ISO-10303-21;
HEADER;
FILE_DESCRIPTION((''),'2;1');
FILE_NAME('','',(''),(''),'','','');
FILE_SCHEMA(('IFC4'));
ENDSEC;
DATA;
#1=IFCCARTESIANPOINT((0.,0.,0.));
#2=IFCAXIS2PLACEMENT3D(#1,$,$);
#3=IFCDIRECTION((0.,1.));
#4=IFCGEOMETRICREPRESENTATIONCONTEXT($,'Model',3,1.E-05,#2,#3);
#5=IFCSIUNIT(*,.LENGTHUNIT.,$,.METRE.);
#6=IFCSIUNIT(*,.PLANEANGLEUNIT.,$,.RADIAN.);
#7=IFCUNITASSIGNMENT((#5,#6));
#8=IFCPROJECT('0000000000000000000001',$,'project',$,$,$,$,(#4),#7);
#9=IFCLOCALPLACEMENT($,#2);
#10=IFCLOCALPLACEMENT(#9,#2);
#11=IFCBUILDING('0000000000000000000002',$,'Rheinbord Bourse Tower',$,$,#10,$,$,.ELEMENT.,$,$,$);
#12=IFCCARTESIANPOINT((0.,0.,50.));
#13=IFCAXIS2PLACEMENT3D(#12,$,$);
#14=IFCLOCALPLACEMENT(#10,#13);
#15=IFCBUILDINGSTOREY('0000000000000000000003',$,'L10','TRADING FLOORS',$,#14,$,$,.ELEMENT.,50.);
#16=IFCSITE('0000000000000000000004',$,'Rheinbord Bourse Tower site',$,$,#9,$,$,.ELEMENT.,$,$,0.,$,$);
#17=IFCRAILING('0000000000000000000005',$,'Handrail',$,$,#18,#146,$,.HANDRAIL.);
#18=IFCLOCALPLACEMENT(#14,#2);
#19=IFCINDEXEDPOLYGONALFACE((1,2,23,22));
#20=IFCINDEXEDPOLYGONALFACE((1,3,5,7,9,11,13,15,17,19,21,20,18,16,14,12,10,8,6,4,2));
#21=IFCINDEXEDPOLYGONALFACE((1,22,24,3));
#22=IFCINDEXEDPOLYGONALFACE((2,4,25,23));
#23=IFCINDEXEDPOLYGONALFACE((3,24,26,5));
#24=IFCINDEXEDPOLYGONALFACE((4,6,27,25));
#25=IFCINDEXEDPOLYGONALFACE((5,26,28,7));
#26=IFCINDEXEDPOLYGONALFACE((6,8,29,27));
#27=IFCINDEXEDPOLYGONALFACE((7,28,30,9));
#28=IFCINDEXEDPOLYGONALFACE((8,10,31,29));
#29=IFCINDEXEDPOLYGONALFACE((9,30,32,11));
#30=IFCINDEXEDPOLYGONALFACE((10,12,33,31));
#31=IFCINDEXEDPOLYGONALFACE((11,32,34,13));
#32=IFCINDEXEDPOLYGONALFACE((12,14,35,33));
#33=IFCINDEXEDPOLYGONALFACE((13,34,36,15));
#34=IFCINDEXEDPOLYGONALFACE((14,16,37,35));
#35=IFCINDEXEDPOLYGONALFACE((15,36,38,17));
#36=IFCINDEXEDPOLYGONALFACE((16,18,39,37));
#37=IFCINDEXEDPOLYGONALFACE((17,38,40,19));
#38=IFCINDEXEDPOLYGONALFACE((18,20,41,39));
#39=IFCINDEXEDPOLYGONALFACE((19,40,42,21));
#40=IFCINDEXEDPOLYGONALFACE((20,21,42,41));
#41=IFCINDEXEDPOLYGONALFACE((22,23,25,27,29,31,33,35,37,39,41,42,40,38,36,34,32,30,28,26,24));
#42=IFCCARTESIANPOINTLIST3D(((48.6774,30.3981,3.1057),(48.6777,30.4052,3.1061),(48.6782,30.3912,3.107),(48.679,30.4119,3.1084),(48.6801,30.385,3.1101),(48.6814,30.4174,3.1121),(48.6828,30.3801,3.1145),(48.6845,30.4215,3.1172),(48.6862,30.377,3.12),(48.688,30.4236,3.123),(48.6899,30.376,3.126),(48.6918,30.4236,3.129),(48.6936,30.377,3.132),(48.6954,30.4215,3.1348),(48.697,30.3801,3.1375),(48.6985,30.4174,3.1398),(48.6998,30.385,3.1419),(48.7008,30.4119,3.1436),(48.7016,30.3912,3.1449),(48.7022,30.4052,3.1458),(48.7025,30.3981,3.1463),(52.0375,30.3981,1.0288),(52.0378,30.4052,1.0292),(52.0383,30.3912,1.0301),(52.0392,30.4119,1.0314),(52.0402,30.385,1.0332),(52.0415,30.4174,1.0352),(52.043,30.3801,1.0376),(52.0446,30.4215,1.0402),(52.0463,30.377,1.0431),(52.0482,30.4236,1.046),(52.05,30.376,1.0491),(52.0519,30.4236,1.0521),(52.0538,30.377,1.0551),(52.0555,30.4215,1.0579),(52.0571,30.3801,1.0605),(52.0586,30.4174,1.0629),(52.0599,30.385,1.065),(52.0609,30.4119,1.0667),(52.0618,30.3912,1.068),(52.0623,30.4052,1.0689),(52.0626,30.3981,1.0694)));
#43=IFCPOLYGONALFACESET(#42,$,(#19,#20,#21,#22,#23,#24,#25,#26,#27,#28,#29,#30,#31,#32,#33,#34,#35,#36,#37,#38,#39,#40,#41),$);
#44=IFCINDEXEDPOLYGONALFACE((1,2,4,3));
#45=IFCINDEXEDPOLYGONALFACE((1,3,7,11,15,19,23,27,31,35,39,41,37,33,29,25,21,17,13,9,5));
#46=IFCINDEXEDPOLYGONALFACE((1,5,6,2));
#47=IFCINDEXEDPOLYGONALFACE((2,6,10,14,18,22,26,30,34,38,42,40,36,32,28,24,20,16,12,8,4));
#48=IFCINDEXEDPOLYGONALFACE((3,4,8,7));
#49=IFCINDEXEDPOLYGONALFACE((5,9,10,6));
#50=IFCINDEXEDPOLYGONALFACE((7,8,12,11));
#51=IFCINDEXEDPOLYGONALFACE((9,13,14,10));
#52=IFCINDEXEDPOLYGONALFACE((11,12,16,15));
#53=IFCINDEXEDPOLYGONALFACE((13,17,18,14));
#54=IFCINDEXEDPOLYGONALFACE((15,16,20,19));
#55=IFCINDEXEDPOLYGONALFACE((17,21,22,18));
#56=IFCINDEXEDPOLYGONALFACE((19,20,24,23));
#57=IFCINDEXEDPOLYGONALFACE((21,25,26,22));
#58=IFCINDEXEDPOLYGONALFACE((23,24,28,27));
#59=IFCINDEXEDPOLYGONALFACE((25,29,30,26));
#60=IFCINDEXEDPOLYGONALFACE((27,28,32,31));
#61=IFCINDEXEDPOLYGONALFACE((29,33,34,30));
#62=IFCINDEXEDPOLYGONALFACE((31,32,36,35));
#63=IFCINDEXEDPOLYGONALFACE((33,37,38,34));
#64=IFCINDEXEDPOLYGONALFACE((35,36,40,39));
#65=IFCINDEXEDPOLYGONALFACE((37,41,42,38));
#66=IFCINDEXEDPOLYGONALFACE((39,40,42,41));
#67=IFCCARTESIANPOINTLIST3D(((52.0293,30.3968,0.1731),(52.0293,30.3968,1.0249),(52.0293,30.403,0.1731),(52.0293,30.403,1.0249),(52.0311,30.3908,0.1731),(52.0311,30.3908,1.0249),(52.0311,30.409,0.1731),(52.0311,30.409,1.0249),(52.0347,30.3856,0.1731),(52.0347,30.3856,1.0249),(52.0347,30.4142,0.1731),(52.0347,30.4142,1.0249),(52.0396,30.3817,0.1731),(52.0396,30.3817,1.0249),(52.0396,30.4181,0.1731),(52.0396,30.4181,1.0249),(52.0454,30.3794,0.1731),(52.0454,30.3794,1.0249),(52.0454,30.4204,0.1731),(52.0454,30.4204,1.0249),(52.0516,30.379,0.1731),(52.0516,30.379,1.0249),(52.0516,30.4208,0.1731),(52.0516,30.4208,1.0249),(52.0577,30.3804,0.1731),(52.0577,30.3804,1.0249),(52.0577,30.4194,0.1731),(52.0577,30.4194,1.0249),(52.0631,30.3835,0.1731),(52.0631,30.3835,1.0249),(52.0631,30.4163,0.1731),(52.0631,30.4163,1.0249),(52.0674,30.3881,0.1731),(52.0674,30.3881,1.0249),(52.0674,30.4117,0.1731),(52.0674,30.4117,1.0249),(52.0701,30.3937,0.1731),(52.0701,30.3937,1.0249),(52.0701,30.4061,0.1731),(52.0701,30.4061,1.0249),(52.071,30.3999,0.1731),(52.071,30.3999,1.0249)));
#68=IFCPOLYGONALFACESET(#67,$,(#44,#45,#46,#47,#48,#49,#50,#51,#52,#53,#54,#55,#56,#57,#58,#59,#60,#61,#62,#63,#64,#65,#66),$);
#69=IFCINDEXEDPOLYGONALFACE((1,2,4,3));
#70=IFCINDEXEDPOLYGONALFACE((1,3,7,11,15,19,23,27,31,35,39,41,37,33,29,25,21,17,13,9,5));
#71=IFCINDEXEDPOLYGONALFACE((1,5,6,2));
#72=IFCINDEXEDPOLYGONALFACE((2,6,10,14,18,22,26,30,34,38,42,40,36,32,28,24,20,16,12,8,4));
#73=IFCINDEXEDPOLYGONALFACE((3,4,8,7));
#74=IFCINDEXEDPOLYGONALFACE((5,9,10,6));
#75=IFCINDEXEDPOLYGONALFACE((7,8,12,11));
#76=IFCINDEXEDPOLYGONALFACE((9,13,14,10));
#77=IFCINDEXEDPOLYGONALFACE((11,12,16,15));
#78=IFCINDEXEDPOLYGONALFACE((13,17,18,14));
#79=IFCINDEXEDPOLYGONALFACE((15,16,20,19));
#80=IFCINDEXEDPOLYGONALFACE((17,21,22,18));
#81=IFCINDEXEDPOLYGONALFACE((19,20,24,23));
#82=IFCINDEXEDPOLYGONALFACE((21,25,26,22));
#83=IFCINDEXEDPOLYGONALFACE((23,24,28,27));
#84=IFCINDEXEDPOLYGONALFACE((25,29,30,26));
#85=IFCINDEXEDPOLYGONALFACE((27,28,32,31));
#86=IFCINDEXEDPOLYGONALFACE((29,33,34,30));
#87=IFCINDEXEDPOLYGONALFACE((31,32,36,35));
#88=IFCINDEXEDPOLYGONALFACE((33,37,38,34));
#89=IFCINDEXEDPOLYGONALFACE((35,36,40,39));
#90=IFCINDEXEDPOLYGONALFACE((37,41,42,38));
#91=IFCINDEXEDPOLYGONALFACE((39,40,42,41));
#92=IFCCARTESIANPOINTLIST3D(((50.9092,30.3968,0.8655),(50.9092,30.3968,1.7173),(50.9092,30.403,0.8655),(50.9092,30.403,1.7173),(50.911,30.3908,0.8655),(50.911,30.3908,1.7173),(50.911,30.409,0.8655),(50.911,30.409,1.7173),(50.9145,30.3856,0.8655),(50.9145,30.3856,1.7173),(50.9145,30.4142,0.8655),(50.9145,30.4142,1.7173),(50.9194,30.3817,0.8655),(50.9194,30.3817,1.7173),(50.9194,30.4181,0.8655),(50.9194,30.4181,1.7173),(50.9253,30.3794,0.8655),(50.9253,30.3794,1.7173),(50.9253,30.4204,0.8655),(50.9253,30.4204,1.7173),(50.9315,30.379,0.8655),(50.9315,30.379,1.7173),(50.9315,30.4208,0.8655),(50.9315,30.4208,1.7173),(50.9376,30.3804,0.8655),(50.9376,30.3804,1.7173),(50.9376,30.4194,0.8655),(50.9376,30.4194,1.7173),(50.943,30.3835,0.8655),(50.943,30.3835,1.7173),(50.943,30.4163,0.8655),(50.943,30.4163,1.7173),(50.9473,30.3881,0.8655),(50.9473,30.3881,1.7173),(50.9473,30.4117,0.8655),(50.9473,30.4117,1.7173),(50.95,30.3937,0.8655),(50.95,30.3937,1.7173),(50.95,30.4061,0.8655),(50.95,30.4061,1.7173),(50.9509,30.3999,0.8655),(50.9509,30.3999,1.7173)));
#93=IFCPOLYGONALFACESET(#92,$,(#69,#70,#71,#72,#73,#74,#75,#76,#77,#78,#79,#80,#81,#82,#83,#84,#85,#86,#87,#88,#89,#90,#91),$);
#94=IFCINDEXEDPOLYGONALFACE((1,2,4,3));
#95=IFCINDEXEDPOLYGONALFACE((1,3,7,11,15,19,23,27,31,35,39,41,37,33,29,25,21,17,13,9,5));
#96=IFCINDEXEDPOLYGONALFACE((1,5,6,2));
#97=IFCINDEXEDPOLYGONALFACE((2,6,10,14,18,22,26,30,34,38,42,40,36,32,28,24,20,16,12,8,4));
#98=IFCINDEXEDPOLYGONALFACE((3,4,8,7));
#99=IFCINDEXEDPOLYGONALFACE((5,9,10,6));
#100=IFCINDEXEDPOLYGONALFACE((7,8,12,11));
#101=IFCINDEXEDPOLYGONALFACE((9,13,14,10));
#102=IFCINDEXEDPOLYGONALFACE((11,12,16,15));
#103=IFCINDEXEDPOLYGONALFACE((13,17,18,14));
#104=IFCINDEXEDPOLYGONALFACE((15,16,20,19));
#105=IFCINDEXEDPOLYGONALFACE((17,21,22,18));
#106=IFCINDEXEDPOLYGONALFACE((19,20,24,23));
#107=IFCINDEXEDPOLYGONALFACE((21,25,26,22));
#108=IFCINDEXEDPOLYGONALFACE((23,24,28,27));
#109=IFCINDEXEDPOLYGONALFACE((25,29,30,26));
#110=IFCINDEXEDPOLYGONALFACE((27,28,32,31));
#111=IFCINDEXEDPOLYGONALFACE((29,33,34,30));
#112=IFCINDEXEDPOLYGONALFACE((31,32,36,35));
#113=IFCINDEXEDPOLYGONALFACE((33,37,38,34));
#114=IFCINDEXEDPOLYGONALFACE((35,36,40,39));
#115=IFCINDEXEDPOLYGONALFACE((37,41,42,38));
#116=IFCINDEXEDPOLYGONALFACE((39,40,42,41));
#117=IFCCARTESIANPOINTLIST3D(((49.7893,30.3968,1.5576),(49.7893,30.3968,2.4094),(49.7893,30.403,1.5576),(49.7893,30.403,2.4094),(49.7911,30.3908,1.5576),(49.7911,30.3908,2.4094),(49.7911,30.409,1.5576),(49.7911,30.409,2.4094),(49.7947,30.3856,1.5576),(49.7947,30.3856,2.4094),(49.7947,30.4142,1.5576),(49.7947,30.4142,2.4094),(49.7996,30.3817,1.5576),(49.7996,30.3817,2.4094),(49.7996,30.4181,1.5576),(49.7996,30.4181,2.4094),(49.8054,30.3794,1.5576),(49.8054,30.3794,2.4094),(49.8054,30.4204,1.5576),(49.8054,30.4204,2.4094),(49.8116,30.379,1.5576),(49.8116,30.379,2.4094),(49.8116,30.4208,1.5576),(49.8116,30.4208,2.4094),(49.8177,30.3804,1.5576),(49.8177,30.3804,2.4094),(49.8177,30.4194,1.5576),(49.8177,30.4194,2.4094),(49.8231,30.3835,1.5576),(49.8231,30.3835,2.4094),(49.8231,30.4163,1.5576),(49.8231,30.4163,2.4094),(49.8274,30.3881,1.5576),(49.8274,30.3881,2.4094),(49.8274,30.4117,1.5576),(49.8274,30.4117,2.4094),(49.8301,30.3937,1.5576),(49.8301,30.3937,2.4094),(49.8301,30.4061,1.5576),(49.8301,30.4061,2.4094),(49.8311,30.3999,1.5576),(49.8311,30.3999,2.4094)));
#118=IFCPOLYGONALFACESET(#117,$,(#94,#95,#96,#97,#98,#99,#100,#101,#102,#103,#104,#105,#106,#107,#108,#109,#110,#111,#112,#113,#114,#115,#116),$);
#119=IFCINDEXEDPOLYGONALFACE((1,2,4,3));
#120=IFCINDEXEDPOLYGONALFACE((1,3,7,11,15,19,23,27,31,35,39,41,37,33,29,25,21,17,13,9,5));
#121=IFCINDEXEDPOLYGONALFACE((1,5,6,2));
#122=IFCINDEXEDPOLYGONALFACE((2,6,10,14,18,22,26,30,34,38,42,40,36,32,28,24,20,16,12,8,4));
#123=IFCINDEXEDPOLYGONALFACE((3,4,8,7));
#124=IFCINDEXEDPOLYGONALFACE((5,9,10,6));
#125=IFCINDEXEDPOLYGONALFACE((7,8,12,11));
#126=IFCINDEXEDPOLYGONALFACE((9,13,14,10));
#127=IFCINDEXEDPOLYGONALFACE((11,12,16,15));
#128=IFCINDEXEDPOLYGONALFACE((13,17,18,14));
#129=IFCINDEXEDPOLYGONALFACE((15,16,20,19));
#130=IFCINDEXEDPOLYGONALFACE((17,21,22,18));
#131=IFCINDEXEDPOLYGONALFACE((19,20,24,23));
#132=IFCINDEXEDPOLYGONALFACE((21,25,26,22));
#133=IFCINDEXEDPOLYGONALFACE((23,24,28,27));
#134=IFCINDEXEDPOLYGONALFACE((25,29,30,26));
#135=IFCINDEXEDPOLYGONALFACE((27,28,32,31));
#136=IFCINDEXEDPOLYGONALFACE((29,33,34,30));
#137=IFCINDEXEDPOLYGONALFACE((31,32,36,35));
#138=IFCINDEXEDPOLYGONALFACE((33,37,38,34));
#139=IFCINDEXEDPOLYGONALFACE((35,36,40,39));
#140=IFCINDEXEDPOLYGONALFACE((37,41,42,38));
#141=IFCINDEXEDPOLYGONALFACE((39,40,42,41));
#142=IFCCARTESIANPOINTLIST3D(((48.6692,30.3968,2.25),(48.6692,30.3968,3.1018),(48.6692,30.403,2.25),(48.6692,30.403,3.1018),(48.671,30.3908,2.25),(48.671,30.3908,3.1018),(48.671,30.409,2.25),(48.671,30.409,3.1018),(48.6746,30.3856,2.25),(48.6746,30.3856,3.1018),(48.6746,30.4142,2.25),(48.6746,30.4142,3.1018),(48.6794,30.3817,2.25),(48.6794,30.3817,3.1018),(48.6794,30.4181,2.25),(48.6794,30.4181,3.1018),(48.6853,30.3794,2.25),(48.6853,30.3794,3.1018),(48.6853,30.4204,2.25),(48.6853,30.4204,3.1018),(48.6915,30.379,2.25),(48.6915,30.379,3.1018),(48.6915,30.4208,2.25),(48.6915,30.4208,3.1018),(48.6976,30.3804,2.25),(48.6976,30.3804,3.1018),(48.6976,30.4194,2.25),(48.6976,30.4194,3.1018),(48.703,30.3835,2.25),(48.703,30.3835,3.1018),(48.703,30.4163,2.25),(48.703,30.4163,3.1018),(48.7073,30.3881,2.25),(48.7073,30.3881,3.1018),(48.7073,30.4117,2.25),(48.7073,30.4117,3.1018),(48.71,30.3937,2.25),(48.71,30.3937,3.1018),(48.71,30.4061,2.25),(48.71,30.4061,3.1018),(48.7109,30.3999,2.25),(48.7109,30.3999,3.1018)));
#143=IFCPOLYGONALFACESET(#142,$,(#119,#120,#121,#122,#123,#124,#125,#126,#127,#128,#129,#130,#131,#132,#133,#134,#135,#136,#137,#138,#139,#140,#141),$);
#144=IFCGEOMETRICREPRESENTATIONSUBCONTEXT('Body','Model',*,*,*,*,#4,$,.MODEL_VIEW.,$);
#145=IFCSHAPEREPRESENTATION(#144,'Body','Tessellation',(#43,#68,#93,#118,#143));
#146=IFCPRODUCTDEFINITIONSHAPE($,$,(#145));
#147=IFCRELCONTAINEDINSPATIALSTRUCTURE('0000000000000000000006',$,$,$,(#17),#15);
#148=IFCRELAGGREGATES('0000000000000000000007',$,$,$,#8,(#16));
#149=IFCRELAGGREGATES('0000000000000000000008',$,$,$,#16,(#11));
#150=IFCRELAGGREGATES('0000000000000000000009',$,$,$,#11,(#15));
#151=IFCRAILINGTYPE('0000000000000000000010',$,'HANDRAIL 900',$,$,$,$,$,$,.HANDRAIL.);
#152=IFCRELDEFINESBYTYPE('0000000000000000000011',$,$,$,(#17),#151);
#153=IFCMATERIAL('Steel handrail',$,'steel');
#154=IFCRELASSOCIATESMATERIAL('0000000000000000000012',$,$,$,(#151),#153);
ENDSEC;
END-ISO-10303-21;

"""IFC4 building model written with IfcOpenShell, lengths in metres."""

from ifc_helpers import new_model, si_unit, direction, frame, origin, origin_2d, place, context, subcontext, project, spatial, circle, extrude, material, type_object, element, save


model = new_model("IFC4")

# Units and contexts
model_context = context("Model", 3, precision=1e-05, world=origin(), true_north=direction((0.0, 1.0)))
body_context = subcontext(model_context, "Body", "Model", "MODEL_VIEW")
ifc_project = project(units=[si_unit("LENGTHUNIT", "METRE"), si_unit("PLANEANGLEUNIT", "RADIAN")], contexts=[model_context])

# Site, building, storey
site_placement = place(None, origin())
site = spatial("IfcSite", under=ifc_project, at=site_placement, Name="Rheinbord Bourse Tower site", CompositionType="ELEMENT", RefElevation=0.0)
building_placement = place(site_placement, origin())
building = spatial("IfcBuilding", under=site, at=building_placement, Name="Rheinbord Bourse Tower", CompositionType="ELEMENT")
storey_placement = place(building_placement, frame((0.0, 0.0, 50.0)))
storey = spatial("IfcBuildingStorey", under=building, at=storey_placement, Name="L10", Description="TRADING FLOORS", CompositionType="ELEMENT", Elevation=50.0)

# Railing
ifc_material_1 = material(Name="Steel handrail", Category="steel")
railing_type = type_object("IfcRailingType", Name="HANDRAIL 900", PredefinedType="HANDRAIL", material=ifc_material_1)
railing_1_placement = place(storey_placement, frame((52.05, 30.3999, 0.1731)))
element("IfcRailing", 1, at=railing_1_placement, inside=storey, type_object=railing_type, Name="Handrail", PredefinedType="HANDRAIL", context=body_context, shape_type="SweptSolid", body=[
    extrude(circle(Radius=0.0239, at=origin_2d()), frame((0.0, 0.0, 0.876), z_axis=(-0.850623, 0.0, 0.525776), x_axis=(0.0, -1.0, 0.0)), (0.0, 0.0, 1.0), 3.9502),
    extrude(circle(Radius=0.021, at=origin_2d()), origin(), (0.0, 0.0, 1.0), 0.8518),
    extrude(circle(Radius=0.021, at=origin_2d()), frame((-1.1201, 0.0, 0.6924)), (0.0, 0.0, 1.0), 0.8518),
    extrude(circle(Radius=0.021, at=origin_2d()), frame((-2.24, 0.0, 1.3845)), (0.0, 0.0, 1.0), 0.8518),
    extrude(circle(Radius=0.021, at=origin_2d()), frame((-3.3601, 0.0, 2.0769)), (0.0, 0.0, 1.0), 0.8518),
])

save(model, "model.ifc")
